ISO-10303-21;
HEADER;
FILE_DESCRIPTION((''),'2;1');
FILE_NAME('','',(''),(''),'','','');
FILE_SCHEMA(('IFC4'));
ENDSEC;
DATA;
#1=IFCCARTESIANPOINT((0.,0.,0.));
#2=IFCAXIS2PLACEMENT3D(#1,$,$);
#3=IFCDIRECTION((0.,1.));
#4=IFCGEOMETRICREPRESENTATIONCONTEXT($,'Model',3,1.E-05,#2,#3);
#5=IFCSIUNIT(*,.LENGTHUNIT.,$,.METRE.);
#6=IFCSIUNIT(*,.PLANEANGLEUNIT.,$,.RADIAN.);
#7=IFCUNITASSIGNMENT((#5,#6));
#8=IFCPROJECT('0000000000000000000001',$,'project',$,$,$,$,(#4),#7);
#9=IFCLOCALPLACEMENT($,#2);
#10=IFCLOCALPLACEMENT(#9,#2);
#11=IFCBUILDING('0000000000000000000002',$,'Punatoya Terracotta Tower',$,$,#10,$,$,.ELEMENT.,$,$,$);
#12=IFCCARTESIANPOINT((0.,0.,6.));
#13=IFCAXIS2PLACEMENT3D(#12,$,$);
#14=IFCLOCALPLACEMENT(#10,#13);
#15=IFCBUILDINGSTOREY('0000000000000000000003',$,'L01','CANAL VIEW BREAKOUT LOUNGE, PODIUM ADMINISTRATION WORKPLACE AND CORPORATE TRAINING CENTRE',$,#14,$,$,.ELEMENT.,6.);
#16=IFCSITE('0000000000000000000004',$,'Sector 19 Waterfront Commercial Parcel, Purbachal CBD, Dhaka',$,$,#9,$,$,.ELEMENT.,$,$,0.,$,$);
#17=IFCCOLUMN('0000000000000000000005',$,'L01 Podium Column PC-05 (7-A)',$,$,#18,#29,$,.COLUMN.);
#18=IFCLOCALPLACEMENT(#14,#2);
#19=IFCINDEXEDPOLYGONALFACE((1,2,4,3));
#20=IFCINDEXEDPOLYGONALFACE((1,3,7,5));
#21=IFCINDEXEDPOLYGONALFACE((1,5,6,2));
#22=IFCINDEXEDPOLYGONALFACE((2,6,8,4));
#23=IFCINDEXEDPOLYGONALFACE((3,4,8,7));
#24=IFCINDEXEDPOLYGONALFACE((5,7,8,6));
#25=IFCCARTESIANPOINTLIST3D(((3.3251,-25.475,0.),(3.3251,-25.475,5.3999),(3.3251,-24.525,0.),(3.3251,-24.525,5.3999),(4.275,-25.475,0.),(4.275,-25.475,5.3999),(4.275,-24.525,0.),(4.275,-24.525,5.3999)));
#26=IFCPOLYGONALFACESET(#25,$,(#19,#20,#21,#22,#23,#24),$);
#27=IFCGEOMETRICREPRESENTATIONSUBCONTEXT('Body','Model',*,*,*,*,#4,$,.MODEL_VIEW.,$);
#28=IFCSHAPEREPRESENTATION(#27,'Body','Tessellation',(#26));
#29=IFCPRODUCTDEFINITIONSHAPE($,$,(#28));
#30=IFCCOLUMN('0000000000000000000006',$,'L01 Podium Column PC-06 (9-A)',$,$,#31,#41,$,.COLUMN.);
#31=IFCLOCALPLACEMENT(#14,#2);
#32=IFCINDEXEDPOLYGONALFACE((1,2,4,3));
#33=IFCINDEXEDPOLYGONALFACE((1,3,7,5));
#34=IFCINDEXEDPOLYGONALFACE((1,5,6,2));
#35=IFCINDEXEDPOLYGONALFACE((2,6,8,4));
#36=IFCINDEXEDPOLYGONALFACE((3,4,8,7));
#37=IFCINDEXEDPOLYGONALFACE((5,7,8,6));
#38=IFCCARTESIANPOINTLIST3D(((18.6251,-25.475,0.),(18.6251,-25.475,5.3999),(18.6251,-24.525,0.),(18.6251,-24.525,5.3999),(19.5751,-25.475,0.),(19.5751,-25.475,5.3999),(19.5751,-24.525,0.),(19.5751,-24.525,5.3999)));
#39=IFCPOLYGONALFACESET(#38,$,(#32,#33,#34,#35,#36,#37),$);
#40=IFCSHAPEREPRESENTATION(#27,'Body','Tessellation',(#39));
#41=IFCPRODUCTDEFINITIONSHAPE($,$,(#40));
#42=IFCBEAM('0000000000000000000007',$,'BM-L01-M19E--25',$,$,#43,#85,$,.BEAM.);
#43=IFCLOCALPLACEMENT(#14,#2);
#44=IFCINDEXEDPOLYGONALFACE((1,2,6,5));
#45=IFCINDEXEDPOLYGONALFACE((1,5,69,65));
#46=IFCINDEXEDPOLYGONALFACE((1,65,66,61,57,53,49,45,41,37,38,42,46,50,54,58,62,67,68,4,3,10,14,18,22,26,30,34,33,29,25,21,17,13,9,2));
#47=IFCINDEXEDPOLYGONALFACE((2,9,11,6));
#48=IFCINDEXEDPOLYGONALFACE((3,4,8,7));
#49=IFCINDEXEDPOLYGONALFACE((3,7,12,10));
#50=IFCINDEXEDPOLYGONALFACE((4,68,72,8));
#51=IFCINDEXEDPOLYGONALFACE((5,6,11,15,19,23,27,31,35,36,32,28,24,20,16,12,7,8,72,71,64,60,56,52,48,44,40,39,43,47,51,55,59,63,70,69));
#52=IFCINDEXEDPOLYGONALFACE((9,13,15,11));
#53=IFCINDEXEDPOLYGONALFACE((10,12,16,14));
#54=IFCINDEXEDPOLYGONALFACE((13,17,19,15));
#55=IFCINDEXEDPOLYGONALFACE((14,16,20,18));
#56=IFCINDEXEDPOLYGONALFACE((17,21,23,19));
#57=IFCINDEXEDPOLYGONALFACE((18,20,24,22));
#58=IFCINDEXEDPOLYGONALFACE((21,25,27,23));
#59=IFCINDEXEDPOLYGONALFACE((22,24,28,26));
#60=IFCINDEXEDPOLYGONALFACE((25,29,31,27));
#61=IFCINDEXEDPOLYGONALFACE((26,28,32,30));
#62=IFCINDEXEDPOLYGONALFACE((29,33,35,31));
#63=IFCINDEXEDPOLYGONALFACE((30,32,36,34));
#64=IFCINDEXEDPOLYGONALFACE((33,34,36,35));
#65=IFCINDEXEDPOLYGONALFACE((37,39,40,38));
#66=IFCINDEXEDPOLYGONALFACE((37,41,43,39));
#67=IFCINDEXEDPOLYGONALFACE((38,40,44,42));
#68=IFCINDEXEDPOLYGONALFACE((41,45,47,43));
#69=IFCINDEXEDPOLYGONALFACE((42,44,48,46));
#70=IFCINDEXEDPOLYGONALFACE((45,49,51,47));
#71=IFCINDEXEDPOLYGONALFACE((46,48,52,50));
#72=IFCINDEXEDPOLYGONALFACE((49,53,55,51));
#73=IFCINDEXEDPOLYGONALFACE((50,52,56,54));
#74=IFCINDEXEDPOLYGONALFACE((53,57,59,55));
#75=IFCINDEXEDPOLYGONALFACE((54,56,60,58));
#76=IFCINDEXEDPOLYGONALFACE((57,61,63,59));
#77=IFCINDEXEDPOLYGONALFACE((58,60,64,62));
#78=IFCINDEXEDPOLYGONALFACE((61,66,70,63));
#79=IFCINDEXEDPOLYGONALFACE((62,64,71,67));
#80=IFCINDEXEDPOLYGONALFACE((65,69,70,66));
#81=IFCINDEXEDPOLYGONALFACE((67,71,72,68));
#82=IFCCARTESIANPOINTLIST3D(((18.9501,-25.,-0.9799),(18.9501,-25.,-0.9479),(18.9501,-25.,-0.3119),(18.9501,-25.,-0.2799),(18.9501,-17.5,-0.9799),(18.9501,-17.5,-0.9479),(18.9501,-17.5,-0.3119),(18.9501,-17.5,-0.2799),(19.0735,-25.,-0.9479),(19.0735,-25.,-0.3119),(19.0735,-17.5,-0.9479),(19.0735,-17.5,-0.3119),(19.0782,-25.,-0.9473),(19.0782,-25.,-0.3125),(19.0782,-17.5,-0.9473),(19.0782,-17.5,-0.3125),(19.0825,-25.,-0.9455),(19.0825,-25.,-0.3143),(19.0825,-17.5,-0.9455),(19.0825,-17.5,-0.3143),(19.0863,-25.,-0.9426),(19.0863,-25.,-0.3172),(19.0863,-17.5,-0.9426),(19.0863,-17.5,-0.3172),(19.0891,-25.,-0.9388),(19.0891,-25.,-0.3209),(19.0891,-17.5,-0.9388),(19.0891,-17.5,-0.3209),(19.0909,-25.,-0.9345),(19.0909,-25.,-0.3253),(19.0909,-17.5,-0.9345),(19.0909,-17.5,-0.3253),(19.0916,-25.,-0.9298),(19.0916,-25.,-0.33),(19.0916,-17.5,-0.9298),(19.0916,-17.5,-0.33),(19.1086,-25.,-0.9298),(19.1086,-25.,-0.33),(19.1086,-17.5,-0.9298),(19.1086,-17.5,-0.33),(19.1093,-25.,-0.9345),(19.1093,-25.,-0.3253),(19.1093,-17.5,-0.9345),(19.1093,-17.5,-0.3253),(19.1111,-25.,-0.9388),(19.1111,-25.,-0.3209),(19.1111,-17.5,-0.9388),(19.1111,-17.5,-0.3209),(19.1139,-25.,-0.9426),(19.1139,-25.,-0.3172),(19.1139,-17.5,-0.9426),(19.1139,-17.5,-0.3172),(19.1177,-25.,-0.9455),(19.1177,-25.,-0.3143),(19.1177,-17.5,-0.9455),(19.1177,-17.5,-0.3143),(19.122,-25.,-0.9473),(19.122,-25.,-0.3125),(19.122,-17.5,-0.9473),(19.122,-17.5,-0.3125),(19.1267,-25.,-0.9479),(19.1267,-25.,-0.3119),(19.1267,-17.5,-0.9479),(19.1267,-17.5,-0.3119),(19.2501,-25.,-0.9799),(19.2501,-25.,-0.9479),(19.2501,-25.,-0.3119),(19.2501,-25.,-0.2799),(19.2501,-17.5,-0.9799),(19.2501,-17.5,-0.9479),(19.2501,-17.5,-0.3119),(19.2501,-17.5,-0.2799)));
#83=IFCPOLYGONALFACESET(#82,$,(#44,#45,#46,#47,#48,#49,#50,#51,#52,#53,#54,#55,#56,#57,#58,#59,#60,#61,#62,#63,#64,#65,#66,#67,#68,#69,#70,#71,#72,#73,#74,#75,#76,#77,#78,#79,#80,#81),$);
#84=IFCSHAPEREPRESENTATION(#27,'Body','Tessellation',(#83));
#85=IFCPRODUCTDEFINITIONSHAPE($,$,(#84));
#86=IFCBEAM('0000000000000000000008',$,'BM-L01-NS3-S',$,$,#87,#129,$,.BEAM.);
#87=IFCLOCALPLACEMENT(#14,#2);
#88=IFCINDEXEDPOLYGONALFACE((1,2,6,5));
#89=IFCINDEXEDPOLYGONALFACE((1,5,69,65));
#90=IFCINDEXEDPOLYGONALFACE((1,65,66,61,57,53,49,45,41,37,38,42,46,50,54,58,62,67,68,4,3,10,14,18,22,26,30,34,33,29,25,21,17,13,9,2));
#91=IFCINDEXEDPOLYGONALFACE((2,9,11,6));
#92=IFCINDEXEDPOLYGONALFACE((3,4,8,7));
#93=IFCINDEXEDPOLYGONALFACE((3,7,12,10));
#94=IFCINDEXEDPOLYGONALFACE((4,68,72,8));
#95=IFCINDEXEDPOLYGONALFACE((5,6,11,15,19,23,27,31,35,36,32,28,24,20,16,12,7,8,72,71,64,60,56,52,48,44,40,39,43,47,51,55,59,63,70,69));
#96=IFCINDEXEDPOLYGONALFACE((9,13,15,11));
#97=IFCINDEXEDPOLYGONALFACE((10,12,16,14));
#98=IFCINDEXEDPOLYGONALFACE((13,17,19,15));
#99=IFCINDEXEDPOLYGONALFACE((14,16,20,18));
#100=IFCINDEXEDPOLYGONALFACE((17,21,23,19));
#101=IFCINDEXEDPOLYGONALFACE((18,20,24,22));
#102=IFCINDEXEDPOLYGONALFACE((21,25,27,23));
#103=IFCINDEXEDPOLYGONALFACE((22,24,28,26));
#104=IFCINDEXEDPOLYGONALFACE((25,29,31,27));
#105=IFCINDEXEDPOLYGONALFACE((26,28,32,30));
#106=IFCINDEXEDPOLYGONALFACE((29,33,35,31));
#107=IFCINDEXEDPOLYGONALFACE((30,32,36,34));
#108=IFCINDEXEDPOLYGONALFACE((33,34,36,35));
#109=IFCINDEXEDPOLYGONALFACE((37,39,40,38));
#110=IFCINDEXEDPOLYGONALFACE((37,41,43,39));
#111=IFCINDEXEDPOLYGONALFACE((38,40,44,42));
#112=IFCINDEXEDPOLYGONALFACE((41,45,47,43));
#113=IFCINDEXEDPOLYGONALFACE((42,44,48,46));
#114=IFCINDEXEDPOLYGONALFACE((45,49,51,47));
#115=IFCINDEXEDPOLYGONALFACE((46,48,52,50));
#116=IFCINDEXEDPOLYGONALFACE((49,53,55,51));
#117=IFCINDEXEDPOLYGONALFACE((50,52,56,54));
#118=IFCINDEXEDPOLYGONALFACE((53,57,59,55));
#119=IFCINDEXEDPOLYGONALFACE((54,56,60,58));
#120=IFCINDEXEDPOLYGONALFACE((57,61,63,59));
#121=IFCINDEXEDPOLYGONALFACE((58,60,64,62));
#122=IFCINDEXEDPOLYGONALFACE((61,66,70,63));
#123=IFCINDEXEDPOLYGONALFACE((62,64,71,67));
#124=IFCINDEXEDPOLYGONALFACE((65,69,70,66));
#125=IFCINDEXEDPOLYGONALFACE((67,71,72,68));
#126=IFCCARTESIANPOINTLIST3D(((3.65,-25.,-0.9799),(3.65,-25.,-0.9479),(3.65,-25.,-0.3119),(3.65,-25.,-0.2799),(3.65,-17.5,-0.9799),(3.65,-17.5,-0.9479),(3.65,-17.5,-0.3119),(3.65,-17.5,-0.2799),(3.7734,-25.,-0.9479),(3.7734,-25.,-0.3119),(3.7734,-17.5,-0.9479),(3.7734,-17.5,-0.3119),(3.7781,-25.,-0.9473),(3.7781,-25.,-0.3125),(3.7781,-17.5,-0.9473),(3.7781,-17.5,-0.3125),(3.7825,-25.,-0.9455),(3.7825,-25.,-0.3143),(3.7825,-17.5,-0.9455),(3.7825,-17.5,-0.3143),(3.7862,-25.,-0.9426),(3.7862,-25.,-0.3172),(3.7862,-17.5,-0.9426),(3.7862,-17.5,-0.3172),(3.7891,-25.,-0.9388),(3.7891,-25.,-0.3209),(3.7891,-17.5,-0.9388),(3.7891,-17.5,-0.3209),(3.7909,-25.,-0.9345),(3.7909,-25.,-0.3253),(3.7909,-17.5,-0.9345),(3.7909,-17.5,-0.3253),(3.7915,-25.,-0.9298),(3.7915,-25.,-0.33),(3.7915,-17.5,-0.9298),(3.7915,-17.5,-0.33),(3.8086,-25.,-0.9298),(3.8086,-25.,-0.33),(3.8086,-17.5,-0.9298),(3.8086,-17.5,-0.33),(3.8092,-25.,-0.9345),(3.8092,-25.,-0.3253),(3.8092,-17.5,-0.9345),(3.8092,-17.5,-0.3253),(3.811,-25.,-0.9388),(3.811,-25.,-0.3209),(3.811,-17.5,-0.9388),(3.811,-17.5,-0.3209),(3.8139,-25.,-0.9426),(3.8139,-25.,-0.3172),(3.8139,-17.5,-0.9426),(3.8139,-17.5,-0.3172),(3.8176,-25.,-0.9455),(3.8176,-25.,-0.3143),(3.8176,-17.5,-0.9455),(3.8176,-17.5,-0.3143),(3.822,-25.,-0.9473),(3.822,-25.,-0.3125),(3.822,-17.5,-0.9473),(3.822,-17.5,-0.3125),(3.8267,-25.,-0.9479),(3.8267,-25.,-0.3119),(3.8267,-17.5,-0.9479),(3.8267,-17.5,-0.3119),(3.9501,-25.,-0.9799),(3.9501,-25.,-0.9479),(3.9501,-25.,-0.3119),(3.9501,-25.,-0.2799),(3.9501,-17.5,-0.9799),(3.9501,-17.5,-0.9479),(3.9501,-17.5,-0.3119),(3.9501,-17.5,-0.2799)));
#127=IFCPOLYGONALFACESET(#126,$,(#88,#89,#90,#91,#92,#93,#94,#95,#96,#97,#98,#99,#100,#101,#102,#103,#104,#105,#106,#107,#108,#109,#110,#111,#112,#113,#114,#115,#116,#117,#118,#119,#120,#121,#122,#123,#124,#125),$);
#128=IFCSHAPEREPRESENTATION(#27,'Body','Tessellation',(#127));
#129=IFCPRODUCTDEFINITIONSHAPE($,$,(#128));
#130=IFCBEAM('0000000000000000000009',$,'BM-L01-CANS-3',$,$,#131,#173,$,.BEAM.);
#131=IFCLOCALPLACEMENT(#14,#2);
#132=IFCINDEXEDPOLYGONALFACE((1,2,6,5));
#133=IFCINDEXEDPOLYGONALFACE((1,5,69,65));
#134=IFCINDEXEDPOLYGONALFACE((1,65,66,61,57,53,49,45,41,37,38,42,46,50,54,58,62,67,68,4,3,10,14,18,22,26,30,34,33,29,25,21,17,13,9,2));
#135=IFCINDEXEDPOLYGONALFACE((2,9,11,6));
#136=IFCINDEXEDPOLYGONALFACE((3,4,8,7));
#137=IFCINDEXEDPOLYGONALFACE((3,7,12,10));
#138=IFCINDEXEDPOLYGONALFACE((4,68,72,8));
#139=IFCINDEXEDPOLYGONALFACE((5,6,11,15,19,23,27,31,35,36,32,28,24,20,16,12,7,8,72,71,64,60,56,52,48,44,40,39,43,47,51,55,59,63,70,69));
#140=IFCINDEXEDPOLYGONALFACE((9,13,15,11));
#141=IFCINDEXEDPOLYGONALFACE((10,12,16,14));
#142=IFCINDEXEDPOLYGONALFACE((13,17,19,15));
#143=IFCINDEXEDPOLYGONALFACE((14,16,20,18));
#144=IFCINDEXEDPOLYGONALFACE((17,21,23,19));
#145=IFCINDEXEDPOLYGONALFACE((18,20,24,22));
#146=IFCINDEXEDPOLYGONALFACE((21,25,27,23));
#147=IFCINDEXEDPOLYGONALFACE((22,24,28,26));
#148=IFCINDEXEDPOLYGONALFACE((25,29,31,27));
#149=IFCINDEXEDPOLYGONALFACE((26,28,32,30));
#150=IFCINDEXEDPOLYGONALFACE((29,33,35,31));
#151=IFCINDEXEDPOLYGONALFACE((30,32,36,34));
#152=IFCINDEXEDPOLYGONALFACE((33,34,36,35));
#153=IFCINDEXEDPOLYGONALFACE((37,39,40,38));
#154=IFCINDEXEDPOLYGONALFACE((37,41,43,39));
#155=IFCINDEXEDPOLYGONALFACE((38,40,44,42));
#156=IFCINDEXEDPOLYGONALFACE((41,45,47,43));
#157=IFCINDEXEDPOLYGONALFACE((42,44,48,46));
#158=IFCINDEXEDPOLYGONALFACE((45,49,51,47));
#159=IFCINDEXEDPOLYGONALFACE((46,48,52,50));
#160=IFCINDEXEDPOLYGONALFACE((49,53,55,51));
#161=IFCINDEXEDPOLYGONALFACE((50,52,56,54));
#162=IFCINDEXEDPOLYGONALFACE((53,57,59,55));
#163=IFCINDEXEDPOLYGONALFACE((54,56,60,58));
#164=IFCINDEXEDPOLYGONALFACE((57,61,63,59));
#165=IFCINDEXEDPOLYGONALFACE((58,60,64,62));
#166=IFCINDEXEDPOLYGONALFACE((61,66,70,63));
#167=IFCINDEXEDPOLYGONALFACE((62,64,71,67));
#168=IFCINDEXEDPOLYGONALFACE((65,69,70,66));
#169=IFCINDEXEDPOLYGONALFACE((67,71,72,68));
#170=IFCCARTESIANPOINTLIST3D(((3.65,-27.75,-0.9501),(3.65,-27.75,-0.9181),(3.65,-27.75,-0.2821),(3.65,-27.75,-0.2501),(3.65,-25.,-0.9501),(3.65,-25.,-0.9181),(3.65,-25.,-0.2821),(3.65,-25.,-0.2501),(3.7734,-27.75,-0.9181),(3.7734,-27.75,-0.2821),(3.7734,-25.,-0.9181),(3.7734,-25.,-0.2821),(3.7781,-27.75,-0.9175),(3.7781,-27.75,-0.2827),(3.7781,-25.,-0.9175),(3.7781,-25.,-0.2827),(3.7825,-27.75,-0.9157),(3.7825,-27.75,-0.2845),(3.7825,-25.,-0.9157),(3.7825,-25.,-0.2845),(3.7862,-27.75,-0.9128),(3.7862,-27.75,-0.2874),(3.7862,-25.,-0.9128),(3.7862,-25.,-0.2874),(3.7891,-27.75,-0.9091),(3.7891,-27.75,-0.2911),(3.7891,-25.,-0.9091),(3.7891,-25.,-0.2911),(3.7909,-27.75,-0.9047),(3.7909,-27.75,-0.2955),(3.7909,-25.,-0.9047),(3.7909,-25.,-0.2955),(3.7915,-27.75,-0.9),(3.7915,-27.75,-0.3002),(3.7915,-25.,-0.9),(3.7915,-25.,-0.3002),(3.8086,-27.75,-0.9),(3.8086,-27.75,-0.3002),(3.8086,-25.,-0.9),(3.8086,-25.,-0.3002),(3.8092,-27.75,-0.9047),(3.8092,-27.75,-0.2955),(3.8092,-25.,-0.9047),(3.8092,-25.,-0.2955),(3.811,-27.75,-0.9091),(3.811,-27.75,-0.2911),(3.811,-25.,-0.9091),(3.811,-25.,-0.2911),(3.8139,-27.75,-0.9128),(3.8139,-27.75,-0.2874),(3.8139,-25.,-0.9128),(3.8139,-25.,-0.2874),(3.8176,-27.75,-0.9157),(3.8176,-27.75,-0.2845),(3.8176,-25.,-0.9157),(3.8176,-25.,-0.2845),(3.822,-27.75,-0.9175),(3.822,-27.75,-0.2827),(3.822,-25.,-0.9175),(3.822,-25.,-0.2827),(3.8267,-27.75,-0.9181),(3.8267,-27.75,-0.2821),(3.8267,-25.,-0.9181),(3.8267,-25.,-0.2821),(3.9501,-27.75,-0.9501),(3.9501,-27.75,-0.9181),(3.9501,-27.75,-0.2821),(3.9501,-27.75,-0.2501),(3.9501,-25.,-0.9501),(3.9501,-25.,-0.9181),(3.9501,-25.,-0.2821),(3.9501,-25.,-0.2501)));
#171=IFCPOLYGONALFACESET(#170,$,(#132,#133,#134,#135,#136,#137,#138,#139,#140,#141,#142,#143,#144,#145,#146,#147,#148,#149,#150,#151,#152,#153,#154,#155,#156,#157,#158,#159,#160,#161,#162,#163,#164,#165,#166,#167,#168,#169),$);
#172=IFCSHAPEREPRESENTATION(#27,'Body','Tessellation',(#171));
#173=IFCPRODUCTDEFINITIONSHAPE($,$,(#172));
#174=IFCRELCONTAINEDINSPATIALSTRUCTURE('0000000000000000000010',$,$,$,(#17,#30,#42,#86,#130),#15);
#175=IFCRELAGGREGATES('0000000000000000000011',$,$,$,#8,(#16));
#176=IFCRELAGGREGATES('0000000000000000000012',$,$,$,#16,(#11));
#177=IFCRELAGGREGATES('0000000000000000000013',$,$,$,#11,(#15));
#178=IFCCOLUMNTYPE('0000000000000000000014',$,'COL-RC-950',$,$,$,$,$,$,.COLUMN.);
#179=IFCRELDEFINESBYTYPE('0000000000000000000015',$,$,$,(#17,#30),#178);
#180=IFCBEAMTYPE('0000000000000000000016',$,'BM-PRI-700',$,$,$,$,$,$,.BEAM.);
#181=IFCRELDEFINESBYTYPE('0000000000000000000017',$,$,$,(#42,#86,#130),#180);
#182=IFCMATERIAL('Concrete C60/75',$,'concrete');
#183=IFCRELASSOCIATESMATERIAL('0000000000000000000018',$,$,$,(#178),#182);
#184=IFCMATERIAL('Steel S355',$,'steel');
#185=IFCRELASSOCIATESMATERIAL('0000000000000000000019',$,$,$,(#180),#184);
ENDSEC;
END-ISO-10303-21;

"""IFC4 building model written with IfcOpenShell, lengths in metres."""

from ifc_helpers import new_model, si_unit, direction, frame, origin, origin_2d, place, context, subcontext, project, spatial, rectangle, i_section, extrude, material, material_profile, profile_set, type_object, element, save


model = new_model("IFC4")

# Units and contexts
model_context = context("Model", 3, precision=1e-05, world=origin(), true_north=direction((0.0, 1.0)))
body_context = subcontext(model_context, "Body", "Model", "MODEL_VIEW")
ifc_project = project(units=[si_unit("LENGTHUNIT", "METRE"), si_unit("PLANEANGLEUNIT", "RADIAN")], contexts=[model_context])

# Site, building, storey
site_placement = place(None, origin())
site = spatial("IfcSite", under=ifc_project, at=site_placement, Name="Sector 19 Waterfront Commercial Parcel, Purbachal CBD, Dhaka", CompositionType="ELEMENT", RefElevation=0.0)
building_placement = place(site_placement, origin())
building = spatial("IfcBuilding", under=site, at=building_placement, Name="Punatoya Terracotta Tower", CompositionType="ELEMENT")
storey_placement = place(building_placement, frame((0.0, 0.0, 6.0)))
storey = spatial("IfcBuildingStorey", under=building, at=storey_placement, Name="L01", Description="CANAL VIEW BREAKOUT LOUNGE, PODIUM ADMINISTRATION WORKPLACE AND CORPORATE TRAINING CENTRE", CompositionType="ELEMENT", Elevation=6.0)

# Columns
ifc_material_1 = material(Name="Concrete C60/75", Category="concrete")
ifc_material_profile_1 = material_profile(ifc_material_1, rectangle(XDim=0.95, YDim=0.95, at=origin_2d()))
ifc_profile_set_1 = profile_set([ifc_material_profile_1], Name="Concrete C60/75")
column_type = type_object("IfcColumnType", Name="COL-RC-950", PredefinedType="COLUMN", material=ifc_profile_set_1)
for number, where, z_axis, x_axis, name in (
    (1, (3.8, -25.0, 0.0), (0.0, 0.0, 1.0), (1.0, 0.0, 0.0), "L01 Podium Column PC-05 (7-A)"),
    (2, (19.1001, -25.0, 0.0), (0.0, 0.0, 1.0), (1.0, 0.0, 0.0), "L01 Podium Column PC-06 (9-A)"),
):
    element("IfcColumn", number, at=place(storey_placement, frame(where, z_axis=z_axis, x_axis=x_axis)), inside=storey, type_object=column_type, Name=name, PredefinedType="COLUMN", context=body_context, shape_type="SweptSolid", body=[
        extrude(rectangle(XDim=0.95, YDim=0.95, at=origin_2d()), origin(), (0.0, 0.0, 1.0), 5.3999),
    ])

# Beams
ifc_material_2 = material(Name="Steel S355", Category="steel")
ifc_material_profile_2 = material_profile(ifc_material_2, i_section(OverallWidth=0.3, OverallDepth=0.7, WebThickness=0.0171, FlangeThickness=0.032, FilletRadius=0.0181, at=origin_2d()))
ifc_profile_set_2 = profile_set([ifc_material_profile_2], Name="Steel S355")
beam_type_1 = type_object("IfcBeamType", Name="BM-PRI-700", PredefinedType="BEAM", material=ifc_profile_set_2)
for number, where, z_axis, x_axis, name in (
    (3, (19.1001, -25.0, -0.6299), (0.0, 1.0, 0.0), (-1.0, 0.0, 0.0), "BM-L01-M19E--25"),
    (4, (3.8, -25.0, -0.6299), (0.0, 1.0, 0.0), (-1.0, 0.0, 0.0), "BM-L01-NS3-S"),
):
    element("IfcBeam", number, at=place(storey_placement, frame(where, z_axis=z_axis, x_axis=x_axis)), inside=storey, type_object=beam_type_1, Name=name, PredefinedType="BEAM", context=body_context, shape_type="SweptSolid", body=[
        extrude(i_section(OverallWidth=0.3, OverallDepth=0.7, WebThickness=0.0171, FlangeThickness=0.032, FilletRadius=0.0181, at=origin_2d()), origin(), (0.0, 0.0, 1.0), 7.5),
    ])
for number, where, z_axis, x_axis, name in (
    (5, (3.8, -27.75, -0.6001), (0.0, 1.0, 0.0), (-1.0, 0.0, 0.0), "BM-L01-CANS-3"),
):
    element("IfcBeam", number, at=place(storey_placement, frame(where, z_axis=z_axis, x_axis=x_axis)), inside=storey, type_object=beam_type_1, Name=name, PredefinedType="BEAM", context=body_context, shape_type="SweptSolid", body=[
        extrude(i_section(OverallWidth=0.3, OverallDepth=0.7, WebThickness=0.0171, FlangeThickness=0.032, FilletRadius=0.0181, at=origin_2d()), origin(), (0.0, 0.0, 1.0), 2.75),
    ])

save(model, "model.ifc")
